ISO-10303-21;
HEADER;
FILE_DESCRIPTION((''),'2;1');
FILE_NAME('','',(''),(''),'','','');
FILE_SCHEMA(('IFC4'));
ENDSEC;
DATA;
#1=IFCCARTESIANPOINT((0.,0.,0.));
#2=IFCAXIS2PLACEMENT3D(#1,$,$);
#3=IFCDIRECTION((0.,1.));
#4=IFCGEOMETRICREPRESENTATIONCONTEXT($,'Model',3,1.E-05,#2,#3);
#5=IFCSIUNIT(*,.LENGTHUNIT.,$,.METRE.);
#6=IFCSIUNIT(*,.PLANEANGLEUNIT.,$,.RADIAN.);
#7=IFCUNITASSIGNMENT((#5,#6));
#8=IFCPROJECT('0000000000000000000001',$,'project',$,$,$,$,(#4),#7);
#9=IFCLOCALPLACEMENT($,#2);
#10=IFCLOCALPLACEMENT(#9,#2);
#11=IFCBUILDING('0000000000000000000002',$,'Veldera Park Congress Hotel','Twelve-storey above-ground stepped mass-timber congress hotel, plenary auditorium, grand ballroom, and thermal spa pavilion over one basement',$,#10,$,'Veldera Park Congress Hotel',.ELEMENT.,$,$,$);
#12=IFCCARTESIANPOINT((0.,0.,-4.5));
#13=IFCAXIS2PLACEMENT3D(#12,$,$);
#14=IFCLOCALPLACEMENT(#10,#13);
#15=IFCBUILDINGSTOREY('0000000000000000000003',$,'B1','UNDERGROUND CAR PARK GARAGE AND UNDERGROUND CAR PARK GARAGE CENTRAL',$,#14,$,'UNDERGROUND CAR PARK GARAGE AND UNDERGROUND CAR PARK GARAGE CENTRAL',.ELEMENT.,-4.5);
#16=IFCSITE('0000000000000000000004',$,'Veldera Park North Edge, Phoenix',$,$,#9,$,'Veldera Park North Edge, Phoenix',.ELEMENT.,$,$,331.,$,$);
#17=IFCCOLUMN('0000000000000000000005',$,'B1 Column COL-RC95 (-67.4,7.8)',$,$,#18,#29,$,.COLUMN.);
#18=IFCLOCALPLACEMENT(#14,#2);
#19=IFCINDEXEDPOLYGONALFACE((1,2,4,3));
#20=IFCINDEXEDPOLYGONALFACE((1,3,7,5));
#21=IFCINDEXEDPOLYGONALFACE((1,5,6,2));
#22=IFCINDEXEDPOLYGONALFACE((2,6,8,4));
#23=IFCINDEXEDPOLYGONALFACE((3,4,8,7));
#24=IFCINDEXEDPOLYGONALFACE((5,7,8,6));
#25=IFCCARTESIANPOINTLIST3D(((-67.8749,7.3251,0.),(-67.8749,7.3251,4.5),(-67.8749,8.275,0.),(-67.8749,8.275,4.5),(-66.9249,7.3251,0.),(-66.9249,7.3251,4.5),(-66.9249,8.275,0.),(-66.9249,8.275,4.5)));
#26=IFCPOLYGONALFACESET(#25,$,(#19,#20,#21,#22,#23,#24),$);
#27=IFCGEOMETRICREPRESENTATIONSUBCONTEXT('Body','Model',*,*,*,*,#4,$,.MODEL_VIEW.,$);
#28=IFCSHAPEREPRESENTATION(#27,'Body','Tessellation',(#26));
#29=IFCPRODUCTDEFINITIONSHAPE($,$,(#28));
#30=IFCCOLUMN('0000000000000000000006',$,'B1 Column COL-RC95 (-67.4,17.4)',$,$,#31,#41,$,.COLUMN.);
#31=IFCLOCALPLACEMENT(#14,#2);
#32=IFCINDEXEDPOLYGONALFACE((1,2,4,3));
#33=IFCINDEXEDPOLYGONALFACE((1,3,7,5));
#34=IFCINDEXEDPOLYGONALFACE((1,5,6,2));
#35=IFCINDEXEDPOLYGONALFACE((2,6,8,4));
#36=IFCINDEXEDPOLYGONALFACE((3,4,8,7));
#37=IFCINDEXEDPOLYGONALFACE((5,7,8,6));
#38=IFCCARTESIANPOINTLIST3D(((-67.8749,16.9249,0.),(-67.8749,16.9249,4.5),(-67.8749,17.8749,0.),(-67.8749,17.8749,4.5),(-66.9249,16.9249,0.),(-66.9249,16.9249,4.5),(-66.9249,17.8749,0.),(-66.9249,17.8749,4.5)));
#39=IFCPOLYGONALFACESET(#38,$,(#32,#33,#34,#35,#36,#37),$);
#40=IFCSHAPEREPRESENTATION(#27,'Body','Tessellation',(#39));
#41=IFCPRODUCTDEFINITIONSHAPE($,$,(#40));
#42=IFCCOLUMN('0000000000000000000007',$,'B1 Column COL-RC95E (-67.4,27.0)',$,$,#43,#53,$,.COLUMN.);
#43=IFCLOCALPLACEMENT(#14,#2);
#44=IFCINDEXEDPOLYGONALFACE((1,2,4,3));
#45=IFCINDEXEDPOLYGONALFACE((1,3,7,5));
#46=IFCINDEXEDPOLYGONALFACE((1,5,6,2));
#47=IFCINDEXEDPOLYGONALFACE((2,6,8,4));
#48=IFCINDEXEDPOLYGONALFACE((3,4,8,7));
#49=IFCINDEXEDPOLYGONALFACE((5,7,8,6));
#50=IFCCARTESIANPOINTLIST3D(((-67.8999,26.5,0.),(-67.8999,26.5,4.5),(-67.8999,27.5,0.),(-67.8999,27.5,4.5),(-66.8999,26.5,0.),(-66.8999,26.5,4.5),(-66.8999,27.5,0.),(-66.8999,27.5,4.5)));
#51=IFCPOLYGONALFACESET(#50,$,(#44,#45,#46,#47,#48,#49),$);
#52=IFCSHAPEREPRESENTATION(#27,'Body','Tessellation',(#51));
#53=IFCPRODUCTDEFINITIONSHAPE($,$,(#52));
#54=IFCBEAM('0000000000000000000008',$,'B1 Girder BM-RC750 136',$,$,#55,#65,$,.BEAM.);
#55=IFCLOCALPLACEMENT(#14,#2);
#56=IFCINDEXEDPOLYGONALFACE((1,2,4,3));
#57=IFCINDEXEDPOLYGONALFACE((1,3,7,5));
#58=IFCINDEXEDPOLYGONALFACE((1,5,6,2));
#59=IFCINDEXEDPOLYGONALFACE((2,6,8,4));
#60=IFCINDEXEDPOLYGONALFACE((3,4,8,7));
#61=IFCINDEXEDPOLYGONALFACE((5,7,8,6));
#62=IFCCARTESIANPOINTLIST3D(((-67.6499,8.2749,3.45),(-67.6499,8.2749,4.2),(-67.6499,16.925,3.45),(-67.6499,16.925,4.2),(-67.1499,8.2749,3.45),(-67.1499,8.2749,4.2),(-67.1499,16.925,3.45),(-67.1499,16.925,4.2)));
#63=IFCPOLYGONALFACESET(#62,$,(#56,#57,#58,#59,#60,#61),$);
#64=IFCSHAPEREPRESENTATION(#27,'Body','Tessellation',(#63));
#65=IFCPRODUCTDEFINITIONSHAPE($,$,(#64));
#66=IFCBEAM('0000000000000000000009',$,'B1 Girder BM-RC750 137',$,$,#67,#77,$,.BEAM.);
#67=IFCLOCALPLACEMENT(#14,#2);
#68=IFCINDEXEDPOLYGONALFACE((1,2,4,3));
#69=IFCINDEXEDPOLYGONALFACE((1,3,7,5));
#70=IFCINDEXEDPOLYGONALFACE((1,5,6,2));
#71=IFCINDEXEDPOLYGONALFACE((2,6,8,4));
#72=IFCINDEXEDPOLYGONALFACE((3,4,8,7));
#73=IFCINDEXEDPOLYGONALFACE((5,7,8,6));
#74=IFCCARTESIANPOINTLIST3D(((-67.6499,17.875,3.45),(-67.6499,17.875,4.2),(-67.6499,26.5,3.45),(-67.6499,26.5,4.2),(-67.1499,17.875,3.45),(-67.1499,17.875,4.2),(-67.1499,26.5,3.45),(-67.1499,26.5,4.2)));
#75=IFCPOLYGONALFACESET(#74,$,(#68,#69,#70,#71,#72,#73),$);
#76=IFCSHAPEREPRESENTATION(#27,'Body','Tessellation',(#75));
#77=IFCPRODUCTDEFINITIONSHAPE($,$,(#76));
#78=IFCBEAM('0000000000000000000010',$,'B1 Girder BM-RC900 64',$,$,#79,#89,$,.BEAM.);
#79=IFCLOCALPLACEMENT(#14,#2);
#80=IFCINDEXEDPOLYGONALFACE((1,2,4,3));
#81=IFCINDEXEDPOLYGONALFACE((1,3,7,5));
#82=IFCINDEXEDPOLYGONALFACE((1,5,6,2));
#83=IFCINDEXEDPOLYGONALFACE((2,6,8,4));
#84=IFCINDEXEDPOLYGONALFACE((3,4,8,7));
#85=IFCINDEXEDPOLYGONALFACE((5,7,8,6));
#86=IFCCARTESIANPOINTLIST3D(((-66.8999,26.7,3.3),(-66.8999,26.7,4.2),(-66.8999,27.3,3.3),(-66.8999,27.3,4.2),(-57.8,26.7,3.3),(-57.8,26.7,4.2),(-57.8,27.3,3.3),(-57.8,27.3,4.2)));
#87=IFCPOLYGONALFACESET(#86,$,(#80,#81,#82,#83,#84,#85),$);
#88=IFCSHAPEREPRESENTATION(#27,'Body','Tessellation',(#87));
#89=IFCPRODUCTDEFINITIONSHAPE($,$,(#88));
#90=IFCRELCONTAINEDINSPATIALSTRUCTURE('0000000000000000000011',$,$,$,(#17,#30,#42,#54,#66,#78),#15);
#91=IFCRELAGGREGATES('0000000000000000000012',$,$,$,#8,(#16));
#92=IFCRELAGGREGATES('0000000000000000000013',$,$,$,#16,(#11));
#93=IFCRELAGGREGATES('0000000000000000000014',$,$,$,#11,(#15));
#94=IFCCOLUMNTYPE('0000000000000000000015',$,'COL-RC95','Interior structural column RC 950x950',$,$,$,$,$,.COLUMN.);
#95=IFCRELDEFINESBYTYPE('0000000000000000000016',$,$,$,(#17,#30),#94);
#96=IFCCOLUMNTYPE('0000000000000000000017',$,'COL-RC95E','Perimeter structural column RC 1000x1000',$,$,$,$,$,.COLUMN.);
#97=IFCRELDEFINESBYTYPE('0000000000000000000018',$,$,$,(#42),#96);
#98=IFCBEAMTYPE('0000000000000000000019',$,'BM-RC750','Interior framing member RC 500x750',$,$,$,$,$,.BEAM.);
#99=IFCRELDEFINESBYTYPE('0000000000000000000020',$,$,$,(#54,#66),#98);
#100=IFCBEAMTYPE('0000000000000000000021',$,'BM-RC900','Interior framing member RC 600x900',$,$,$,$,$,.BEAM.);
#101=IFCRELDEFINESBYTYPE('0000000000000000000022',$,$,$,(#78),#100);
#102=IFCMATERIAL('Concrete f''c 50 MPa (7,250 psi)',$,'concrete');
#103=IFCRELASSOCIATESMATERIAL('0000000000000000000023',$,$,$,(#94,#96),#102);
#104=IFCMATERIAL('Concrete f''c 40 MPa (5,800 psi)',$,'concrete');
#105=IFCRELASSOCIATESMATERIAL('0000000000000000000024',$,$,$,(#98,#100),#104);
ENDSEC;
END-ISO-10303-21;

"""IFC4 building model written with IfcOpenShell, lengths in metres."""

from ifc_helpers import new_model, si_unit, direction, frame, origin, origin_2d, place, context, subcontext, project, spatial, rectangle, extrude, material, material_profile, profile_set, type_object, element, save


model = new_model("IFC4")

# Units and contexts
model_context = context("Model", 3, precision=1e-05, world=origin(), true_north=direction((0.0, 1.0)))
body_context = subcontext(model_context, "Body", "Model", "MODEL_VIEW")
ifc_project = project(units=[si_unit("LENGTHUNIT", "METRE"), si_unit("PLANEANGLEUNIT", "RADIAN")], contexts=[model_context])

# Site, building, storey
site_placement = place(None, origin())
site = spatial("IfcSite", under=ifc_project, at=site_placement, Name="Veldera Park North Edge, Phoenix", LongName="Veldera Park North Edge, Phoenix", CompositionType="ELEMENT", RefElevation=331.0)
building_placement = place(site_placement, origin())
building = spatial("IfcBuilding", under=site, at=building_placement, Name="Veldera Park Congress Hotel", Description="Twelve-storey above-ground stepped mass-timber congress hotel, plenary auditorium, grand ballroom, and thermal spa pavilion over one basement", LongName="Veldera Park Congress Hotel", CompositionType="ELEMENT")
storey_placement = place(building_placement, frame((0.0, 0.0, -4.5)))
storey = spatial("IfcBuildingStorey", under=building, at=storey_placement, Name="B1", Description="UNDERGROUND CAR PARK GARAGE AND UNDERGROUND CAR PARK GARAGE CENTRAL", LongName="UNDERGROUND CAR PARK GARAGE AND UNDERGROUND CAR PARK GARAGE CENTRAL", CompositionType="ELEMENT", Elevation=-4.5)

# Shared definitions
ifc_material_1 = material(Name="Concrete f'c 40 MPa (5,800 psi)", Category="concrete")

# Columns
ifc_material_2 = material(Name="Concrete f'c 50 MPa (7,250 psi)", Category="concrete")
ifc_material_profile_1 = material_profile(ifc_material_2, rectangle(XDim=0.95, YDim=0.95, at=origin_2d()), Name="RC 950x950")
ifc_profile_set_1 = profile_set([ifc_material_profile_1], Name="Concrete f'c 50 MPa (7,250 psi)")
column_type_1 = type_object("IfcColumnType", Name="COL-RC95", Description="Interior structural column RC 950x950", PredefinedType="COLUMN", material=ifc_profile_set_1)
for number, where, z_axis, x_axis, name in (
    (1, (-67.3999, 7.8, 0.0), (0.0, 0.0, 1.0), (1.0, 0.0, 0.0), "B1 Column COL-RC95 (-67.4,7.8)"),
    (2, (-67.3999, 17.3999, 0.0), (0.0, 0.0, 1.0), (1.0, 0.0, 0.0), "B1 Column COL-RC95 (-67.4,17.4)"),
):
    element("IfcColumn", number, at=place(storey_placement, frame(where, z_axis=z_axis, x_axis=x_axis)), inside=storey, type_object=column_type_1, Name=name, PredefinedType="COLUMN", context=body_context, shape_type="SweptSolid", body=[
        extrude(rectangle(XDim=0.95, YDim=0.95, at=origin_2d()), origin(), (0.0, 0.0, 1.0), 4.5),
    ])
ifc_material_profile_2 = material_profile(ifc_material_2, rectangle(XDim=1.0, YDim=1.0, at=origin_2d()), Name="RC 1000x1000")
ifc_profile_set_2 = profile_set([ifc_material_profile_2], Name="Concrete f'c 50 MPa (7,250 psi)")
column_type_2 = type_object("IfcColumnType", Name="COL-RC95E", Description="Perimeter structural column RC 1000x1000", PredefinedType="COLUMN", material=ifc_profile_set_2)
column_placement = place(storey_placement, frame((-67.3999, 27.0, 0.0), z_axis=(0.0, 0.0, 1.0), x_axis=(1.0, 0.0, 0.0)))
element("IfcColumn", 3, at=column_placement, inside=storey, type_object=column_type_2, Name="B1 Column COL-RC95E (-67.4,27.0)", PredefinedType="COLUMN", context=body_context, shape_type="SweptSolid", body=[
    extrude(rectangle(XDim=1.0, YDim=1.0, at=origin_2d()), origin(), (0.0, 0.0, 1.0), 4.5),
])

# Beams
ifc_material_profile_3 = material_profile(ifc_material_1, rectangle(XDim=0.5, YDim=0.75, at=origin_2d()), Name="RC 500x750")
ifc_profile_set_3 = profile_set([ifc_material_profile_3], Name="Concrete f'c 40 MPa (5,800 psi)")
beam_type_1 = type_object("IfcBeamType", Name="BM-RC750", Description="Interior framing member RC 500x750", PredefinedType="BEAM", material=ifc_profile_set_3)
beam_1_placement = place(storey_placement, frame((-67.3999, 8.2749, 3.825), z_axis=(0.0, 1.0, 0.0), x_axis=(-1.0, 0.0, 0.0)))
element("IfcBeam", 4, at=beam_1_placement, inside=storey, type_object=beam_type_1, Name="B1 Girder BM-RC750 136", PredefinedType="BEAM", context=body_context, shape_type="SweptSolid", body=[
    extrude(rectangle(XDim=0.5, YDim=0.75, at=origin_2d()), origin(), (0.0, 0.0, 1.0), 8.6501),
])
beam_2_placement = place(storey_placement, frame((-67.3999, 17.875, 3.825), z_axis=(0.0, 1.0, 0.0), x_axis=(-1.0, 0.0, 0.0)))
element("IfcBeam", 5, at=beam_2_placement, inside=storey, type_object=beam_type_1, Name="B1 Girder BM-RC750 137", PredefinedType="BEAM", context=body_context, shape_type="SweptSolid", body=[
    extrude(rectangle(XDim=0.5, YDim=0.75, at=origin_2d()), origin(), (0.0, 0.0, 1.0), 8.625),
])
ifc_material_profile_4 = material_profile(ifc_material_1, rectangle(XDim=0.6001, YDim=0.8999, at=origin_2d()), Name="RC 600x900")
ifc_profile_set_4 = profile_set([ifc_material_profile_4], Name="Concrete f'c 40 MPa (5,800 psi)")
beam_type_2 = type_object("IfcBeamType", Name="BM-RC900", Description="Interior framing member RC 600x900", PredefinedType="BEAM", material=ifc_profile_set_4)
beam_3_placement = place(storey_placement, frame((-66.8999, 27.0, 3.75), z_axis=(1.0, 0.0, 0.0), x_axis=(0.0, 1.0, 0.0)))
element("IfcBeam", 6, at=beam_3_placement, inside=storey, type_object=beam_type_2, Name="B1 Girder BM-RC900 64", PredefinedType="BEAM", context=body_context, shape_type="SweptSolid", body=[
    extrude(rectangle(XDim=0.6001, YDim=0.8999, at=origin_2d()), origin(), (0.0, 0.0, 1.0), 9.0999),
])

save(model, "model.ifc")
